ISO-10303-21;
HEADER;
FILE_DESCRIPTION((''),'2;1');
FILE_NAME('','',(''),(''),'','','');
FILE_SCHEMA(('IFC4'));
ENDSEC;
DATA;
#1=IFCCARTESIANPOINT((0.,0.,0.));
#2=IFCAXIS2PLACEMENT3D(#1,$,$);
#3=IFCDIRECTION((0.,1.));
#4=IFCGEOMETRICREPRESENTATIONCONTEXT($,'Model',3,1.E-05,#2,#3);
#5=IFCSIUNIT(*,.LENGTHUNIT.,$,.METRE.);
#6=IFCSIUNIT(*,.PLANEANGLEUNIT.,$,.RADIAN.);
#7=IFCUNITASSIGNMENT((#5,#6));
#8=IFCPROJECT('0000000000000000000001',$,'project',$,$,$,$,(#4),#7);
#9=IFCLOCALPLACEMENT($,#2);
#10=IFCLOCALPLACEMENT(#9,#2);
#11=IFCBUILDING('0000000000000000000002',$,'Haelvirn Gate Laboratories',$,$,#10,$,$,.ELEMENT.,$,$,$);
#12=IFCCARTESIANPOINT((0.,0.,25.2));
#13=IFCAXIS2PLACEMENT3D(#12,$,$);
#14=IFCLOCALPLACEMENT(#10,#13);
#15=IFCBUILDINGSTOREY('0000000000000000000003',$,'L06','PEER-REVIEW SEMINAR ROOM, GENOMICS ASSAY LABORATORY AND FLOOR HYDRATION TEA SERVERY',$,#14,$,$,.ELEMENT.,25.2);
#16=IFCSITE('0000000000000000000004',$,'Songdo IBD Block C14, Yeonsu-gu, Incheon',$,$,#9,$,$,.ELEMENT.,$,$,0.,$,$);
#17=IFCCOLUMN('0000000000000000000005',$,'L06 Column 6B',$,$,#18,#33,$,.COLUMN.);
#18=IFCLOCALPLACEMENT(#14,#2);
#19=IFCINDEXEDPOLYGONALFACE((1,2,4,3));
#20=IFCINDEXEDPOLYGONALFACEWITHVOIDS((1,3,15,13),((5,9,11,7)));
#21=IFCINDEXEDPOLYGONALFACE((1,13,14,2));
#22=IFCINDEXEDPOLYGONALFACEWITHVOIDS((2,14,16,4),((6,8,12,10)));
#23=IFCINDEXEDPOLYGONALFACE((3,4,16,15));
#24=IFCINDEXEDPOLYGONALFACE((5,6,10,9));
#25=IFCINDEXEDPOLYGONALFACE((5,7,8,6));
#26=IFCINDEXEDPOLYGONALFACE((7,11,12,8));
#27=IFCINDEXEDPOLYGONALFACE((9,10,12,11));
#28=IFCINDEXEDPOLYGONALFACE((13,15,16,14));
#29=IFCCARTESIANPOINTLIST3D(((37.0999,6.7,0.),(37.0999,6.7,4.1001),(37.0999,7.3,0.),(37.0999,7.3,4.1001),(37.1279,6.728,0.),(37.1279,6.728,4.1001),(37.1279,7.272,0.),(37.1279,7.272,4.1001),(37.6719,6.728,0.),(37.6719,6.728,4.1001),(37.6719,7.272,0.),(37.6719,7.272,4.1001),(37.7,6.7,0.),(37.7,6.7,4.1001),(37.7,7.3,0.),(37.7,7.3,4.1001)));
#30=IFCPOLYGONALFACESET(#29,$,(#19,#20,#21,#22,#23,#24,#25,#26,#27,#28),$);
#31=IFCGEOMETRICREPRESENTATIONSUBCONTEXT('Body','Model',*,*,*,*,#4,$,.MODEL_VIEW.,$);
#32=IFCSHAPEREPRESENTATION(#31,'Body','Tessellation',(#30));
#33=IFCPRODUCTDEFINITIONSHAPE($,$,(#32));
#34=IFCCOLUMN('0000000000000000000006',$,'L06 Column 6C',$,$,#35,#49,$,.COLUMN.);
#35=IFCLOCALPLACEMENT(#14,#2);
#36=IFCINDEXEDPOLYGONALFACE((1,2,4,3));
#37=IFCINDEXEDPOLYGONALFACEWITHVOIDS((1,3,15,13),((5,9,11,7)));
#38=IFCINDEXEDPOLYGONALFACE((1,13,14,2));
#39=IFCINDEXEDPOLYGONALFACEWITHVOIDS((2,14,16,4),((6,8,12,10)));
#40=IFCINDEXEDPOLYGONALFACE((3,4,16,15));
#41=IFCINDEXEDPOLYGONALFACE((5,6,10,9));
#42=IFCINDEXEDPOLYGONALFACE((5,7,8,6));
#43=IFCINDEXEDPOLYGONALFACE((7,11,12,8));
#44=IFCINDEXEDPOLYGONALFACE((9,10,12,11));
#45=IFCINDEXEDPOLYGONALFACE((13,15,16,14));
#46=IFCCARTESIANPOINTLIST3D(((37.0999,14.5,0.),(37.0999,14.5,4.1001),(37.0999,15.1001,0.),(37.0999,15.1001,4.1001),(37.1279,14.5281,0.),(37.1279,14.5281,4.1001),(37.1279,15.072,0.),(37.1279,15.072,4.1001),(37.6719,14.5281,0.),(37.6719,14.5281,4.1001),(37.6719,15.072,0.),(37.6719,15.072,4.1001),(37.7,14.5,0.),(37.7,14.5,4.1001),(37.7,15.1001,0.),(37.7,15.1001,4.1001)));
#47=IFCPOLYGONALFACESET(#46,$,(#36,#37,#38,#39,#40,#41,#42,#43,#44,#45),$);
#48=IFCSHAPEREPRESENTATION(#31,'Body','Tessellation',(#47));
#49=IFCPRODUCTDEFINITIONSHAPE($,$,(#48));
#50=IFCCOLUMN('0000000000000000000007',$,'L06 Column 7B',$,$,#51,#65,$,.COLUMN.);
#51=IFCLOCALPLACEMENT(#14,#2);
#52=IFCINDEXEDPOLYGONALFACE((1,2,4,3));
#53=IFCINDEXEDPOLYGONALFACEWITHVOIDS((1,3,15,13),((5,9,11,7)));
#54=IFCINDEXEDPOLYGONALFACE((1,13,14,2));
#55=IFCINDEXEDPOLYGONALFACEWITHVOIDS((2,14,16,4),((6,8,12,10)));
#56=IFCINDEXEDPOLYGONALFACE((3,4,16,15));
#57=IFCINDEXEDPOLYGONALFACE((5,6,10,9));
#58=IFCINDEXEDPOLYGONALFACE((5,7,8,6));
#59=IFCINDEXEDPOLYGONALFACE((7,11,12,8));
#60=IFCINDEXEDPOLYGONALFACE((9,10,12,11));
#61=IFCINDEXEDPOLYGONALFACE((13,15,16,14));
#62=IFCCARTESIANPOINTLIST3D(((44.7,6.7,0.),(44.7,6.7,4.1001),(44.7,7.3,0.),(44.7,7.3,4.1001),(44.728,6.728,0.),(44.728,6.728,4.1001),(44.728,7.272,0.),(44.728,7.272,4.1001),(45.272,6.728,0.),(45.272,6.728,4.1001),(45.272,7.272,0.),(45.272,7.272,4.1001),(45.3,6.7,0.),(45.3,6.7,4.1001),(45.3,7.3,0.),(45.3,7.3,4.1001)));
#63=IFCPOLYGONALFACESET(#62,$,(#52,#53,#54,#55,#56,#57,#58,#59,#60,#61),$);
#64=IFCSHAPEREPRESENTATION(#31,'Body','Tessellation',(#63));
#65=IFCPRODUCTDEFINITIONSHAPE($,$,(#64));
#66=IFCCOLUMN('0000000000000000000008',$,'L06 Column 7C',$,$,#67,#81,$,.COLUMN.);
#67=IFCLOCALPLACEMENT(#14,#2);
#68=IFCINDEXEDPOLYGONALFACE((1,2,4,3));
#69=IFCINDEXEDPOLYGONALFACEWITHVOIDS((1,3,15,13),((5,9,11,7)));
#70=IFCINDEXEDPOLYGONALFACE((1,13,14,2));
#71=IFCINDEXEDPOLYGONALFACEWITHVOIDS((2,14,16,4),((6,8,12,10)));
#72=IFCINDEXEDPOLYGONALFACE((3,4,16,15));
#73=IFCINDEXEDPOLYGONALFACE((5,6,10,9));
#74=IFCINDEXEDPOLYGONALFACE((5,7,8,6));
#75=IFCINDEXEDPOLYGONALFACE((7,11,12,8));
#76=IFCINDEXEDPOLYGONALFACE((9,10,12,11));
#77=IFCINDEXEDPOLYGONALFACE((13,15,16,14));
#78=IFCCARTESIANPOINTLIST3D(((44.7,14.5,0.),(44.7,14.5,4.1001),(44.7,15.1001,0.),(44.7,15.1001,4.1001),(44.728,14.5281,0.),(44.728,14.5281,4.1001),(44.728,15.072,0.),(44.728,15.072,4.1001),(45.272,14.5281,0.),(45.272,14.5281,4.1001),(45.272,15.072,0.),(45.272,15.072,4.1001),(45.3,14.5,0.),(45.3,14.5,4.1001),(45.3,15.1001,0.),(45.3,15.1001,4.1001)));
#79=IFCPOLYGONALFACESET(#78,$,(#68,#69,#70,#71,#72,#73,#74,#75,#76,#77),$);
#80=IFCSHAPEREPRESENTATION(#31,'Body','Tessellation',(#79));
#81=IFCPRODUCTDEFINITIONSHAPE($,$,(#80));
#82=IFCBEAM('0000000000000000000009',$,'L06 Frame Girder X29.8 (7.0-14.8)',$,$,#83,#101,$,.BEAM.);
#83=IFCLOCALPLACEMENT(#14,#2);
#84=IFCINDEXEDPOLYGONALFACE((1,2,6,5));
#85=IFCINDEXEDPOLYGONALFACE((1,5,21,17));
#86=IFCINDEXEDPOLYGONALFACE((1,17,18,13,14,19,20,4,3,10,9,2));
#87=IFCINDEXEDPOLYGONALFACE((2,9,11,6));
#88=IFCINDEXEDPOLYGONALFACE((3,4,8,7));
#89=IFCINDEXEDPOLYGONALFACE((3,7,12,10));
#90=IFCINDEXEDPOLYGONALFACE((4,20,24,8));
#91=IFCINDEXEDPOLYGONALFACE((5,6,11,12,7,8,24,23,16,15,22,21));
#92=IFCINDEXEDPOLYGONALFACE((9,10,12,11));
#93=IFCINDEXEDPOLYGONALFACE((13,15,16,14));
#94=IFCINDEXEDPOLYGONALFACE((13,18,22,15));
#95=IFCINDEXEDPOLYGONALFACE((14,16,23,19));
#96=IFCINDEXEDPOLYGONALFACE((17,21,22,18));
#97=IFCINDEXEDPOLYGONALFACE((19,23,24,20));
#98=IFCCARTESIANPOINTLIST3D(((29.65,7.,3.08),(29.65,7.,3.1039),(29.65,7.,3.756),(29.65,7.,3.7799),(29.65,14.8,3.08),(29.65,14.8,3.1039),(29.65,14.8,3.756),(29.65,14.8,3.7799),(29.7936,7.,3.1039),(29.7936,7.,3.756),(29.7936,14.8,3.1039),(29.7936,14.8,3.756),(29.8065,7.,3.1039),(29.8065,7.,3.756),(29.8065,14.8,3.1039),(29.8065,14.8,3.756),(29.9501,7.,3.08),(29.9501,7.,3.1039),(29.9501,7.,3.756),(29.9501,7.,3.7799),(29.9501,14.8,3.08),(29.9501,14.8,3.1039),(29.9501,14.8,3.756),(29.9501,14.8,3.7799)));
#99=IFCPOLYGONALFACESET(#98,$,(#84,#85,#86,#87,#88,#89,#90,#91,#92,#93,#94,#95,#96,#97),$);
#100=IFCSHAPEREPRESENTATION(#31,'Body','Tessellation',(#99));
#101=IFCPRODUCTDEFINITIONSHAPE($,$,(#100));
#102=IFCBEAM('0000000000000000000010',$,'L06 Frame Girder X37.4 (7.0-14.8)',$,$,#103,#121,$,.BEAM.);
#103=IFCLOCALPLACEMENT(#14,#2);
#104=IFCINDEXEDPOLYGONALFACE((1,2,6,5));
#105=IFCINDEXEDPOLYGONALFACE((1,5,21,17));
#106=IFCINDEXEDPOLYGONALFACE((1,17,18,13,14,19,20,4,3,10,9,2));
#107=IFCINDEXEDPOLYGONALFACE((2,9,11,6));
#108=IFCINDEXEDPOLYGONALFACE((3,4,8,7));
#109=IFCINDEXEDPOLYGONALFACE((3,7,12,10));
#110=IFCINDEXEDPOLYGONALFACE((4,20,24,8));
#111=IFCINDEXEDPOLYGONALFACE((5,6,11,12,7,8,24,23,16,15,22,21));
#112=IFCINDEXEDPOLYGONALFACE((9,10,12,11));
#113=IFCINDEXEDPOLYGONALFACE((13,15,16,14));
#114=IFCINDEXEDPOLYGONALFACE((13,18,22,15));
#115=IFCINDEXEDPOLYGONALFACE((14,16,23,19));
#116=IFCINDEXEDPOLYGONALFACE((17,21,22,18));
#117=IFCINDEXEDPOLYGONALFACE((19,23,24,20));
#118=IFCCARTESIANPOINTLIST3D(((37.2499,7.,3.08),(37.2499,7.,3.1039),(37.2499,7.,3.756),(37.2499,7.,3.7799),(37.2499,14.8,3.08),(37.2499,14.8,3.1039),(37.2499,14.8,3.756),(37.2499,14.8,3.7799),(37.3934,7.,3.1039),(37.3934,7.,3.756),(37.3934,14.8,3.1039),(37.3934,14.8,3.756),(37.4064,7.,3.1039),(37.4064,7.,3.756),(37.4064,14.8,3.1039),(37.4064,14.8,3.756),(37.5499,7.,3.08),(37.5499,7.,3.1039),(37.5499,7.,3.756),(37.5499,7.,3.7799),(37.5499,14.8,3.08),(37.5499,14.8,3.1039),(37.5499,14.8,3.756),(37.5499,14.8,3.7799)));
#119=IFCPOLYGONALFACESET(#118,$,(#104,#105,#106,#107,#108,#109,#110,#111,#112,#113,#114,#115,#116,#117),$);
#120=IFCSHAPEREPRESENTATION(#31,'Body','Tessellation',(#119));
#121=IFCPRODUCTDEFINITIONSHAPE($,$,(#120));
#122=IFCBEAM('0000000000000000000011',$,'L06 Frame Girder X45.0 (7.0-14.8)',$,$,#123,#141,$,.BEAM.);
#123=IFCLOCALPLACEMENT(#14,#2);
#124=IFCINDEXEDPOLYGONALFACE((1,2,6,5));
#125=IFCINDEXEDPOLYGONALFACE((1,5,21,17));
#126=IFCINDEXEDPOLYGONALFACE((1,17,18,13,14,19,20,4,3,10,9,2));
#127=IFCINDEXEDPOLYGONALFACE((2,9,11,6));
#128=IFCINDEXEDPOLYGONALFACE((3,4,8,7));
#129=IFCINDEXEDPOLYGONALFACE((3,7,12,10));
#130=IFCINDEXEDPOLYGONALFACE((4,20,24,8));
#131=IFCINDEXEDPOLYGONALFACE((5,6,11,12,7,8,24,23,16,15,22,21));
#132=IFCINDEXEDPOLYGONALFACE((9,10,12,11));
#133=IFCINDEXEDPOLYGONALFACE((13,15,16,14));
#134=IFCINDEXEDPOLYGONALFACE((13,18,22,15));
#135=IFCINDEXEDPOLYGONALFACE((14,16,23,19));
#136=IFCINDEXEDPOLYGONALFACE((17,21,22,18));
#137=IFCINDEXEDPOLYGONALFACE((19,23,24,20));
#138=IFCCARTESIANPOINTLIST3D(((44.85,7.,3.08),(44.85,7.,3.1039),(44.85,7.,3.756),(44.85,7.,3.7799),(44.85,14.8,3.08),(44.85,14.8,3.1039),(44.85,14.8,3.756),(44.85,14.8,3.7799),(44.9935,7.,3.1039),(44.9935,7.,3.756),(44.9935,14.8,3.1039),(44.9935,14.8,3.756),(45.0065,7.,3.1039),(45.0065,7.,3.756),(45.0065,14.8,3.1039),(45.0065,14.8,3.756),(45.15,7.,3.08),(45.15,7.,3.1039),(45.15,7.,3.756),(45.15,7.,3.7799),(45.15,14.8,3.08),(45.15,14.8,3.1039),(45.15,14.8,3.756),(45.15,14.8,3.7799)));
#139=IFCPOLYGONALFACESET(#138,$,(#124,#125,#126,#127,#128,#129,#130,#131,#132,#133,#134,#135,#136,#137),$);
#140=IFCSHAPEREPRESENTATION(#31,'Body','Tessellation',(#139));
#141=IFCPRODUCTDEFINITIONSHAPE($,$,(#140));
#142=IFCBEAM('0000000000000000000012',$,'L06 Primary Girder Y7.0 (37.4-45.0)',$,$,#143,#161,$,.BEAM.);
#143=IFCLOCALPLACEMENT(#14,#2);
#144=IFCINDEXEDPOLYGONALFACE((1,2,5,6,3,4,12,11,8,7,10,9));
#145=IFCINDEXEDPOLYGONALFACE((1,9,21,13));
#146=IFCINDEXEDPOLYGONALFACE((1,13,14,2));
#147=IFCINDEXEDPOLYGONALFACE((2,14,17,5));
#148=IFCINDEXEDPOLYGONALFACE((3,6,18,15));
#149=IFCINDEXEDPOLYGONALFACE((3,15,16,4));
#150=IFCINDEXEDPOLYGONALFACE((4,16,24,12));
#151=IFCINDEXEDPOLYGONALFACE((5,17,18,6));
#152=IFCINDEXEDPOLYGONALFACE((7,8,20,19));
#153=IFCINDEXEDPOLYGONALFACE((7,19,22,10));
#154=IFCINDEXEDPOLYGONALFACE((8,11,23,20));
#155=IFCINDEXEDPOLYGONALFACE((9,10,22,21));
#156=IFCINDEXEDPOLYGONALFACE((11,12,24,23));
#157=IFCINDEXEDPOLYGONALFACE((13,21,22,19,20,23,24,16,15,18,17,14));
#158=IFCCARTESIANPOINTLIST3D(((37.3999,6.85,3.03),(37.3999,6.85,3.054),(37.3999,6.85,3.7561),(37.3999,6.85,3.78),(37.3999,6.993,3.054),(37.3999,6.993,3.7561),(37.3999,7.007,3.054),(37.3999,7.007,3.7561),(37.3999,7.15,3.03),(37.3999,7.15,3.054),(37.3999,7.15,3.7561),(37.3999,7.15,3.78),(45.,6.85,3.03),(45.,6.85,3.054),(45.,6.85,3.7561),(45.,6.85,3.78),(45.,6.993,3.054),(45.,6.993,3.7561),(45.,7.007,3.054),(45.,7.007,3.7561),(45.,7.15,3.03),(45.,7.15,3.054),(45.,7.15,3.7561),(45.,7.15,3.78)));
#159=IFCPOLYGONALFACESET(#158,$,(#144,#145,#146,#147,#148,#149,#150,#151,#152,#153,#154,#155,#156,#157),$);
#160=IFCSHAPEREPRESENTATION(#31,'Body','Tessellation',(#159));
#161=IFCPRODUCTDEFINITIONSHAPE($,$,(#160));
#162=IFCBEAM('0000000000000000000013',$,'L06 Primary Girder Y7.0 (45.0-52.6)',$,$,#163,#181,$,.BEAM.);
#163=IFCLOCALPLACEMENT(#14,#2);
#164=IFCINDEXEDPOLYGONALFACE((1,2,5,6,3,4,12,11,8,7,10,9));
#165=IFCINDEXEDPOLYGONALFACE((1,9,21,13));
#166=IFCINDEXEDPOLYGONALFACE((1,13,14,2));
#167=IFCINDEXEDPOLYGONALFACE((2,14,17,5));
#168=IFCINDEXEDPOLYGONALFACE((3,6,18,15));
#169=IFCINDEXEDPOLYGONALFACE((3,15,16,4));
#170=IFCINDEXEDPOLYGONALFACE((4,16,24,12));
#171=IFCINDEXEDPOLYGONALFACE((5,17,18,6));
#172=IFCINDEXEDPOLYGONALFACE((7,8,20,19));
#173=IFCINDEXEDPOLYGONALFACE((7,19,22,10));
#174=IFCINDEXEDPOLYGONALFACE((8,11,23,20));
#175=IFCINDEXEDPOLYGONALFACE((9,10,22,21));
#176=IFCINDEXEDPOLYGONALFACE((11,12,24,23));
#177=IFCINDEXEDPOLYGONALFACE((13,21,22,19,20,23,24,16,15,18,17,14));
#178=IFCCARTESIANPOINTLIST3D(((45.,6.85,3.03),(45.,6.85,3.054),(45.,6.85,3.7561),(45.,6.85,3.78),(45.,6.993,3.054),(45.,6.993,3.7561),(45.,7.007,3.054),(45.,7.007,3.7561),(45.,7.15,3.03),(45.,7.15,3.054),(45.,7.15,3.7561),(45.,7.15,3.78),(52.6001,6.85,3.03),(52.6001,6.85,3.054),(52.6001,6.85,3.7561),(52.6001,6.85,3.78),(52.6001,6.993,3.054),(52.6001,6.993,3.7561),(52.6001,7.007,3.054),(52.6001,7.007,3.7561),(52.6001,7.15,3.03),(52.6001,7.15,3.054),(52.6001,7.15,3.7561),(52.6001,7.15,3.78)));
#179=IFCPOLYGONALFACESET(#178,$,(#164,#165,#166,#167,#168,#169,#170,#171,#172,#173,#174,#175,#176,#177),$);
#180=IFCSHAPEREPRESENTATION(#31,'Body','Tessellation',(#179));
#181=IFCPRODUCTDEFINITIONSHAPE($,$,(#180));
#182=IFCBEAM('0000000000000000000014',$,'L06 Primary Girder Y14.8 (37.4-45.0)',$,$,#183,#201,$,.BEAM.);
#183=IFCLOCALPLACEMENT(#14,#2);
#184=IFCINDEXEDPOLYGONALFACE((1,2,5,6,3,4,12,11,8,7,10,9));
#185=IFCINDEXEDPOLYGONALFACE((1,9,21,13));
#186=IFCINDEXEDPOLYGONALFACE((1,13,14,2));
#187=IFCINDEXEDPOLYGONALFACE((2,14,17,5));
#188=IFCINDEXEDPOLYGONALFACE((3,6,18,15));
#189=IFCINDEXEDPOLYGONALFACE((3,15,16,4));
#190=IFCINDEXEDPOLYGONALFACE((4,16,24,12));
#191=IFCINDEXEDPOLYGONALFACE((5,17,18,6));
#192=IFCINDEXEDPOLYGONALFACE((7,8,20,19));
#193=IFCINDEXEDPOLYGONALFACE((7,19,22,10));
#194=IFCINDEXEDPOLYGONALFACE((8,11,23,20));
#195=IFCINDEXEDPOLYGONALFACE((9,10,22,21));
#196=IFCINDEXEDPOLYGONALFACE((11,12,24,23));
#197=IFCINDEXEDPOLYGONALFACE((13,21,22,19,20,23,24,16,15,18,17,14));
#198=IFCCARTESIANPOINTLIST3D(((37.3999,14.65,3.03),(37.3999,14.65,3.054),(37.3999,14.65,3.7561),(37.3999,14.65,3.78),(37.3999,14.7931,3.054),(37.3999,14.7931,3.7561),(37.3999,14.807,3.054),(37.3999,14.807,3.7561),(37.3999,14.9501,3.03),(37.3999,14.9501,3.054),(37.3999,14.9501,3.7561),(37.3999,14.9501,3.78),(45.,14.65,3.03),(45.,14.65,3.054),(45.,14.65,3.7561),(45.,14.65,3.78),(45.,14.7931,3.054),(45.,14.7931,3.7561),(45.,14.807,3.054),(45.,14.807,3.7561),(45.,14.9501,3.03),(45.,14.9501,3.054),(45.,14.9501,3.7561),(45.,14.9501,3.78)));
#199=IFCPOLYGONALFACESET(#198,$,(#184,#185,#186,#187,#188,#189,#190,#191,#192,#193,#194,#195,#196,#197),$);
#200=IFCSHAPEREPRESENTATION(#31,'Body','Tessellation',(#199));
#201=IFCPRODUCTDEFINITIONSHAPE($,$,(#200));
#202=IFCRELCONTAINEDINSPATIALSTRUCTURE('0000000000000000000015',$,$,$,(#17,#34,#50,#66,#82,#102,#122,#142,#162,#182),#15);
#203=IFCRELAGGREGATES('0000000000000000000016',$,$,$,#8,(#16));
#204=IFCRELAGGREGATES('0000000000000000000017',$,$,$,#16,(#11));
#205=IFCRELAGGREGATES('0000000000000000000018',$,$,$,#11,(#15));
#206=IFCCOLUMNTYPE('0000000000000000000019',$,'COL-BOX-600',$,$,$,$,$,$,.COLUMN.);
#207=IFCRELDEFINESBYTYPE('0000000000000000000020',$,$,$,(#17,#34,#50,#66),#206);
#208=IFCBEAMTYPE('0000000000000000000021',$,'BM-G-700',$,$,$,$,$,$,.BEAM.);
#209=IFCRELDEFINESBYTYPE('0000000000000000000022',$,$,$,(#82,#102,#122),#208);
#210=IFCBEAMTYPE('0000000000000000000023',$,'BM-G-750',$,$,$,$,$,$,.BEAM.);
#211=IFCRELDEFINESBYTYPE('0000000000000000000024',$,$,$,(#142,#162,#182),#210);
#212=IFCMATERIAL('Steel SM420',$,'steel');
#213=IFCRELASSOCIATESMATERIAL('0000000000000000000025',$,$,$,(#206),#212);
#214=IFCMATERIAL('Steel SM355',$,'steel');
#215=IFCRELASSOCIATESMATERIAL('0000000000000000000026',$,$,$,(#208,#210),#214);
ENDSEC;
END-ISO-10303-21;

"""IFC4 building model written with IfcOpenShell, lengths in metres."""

from ifc_helpers import new_model, si_unit, direction, frame, origin, origin_2d, place, context, subcontext, project, spatial, hollow_rectangle, i_section, extrude, source, transform, mapped, material, material_profile, profile_set, type_object, type_shapes, element, save


model = new_model("IFC4")

# Units and contexts
model_context = context("Model", 3, precision=1e-05, world=origin(), true_north=direction((0.0, 1.0)))
body_context = subcontext(model_context, "Body", "Model", "MODEL_VIEW")
ifc_project = project(units=[si_unit("LENGTHUNIT", "METRE"), si_unit("PLANEANGLEUNIT", "RADIAN")], contexts=[model_context])

# Site, building, storey
site_placement = place(None, origin())
site = spatial("IfcSite", under=ifc_project, at=site_placement, Name="Songdo IBD Block C14, Yeonsu-gu, Incheon", CompositionType="ELEMENT", RefElevation=0.0)
building_placement = place(site_placement, origin())
building = spatial("IfcBuilding", under=site, at=building_placement, Name="Haelvirn Gate Laboratories", CompositionType="ELEMENT")
storey_placement = place(building_placement, frame((0.0, 0.0, 25.2)))
storey = spatial("IfcBuildingStorey", under=building, at=storey_placement, Name="L06", Description="PEER-REVIEW SEMINAR ROOM, GENOMICS ASSAY LABORATORY AND FLOOR HYDRATION TEA SERVERY", CompositionType="ELEMENT", Elevation=25.2)

# Columns
ifc_material_1 = material(Name="Steel SM420", Category="steel")
ifc_material_profile_1 = material_profile(ifc_material_1, hollow_rectangle(XDim=0.6001, YDim=0.6001, WallThickness=0.0281, at=origin_2d()), Name="BOX-600x600x28")
ifc_profile_set_1 = profile_set([ifc_material_profile_1], Name="Steel SM420")
column_type = type_object("IfcColumnType", Name="COL-BOX-600", PredefinedType="COLUMN", material=ifc_profile_set_1)
shared_shape_1 = source(origin(), body_context, "Body", "SweptSolid", [
    extrude(hollow_rectangle(XDim=0.6001, YDim=0.6001, WallThickness=0.0281, at=origin_2d()), origin(), (0.0, 0.0, 1.0), 4.1001),
])
type_shapes(column_type, [shared_shape_1])
for number, where, z_axis, x_axis, name in (
    (1, (37.3999, 7.0, 0.0), (0.0, 0.0, 1.0), (1.0, 0.0, 0.0), "L06 Column 6B"),
    (2, (37.3999, 14.8, 0.0), (0.0, 0.0, 1.0), (1.0, 0.0, 0.0), "L06 Column 6C"),
    (3, (45.0, 7.0, 0.0), (0.0, 0.0, 1.0), (1.0, 0.0, 0.0), "L06 Column 7B"),
    (4, (45.0, 14.8, 0.0), (0.0, 0.0, 1.0), (1.0, 0.0, 0.0), "L06 Column 7C"),
):
    element("IfcColumn", number, at=place(storey_placement, frame(where, z_axis=z_axis, x_axis=x_axis)), inside=storey, type_object=column_type, Name=name, PredefinedType="COLUMN", context=body_context, shape_type="MappedRepresentation", body=[
        mapped(shared_shape_1, transform((0.0, 0.0, 0.0), scale=1.0)),
    ])

# Beams
ifc_material_2 = material(Name="Steel SM355", Category="steel")
ifc_material_profile_2 = material_profile(ifc_material_2, i_section(OverallWidth=0.3, OverallDepth=0.7, WebThickness=0.0129, FlangeThickness=0.0239, at=origin_2d()), Name="H-700x300x13x24")
ifc_profile_set_2 = profile_set([ifc_material_profile_2], Name="Steel SM355")
beam_type_1 = type_object("IfcBeamType", Name="BM-G-700", PredefinedType="BEAM", material=ifc_profile_set_2)
shared_shape_2 = source(origin(), body_context, "Body", "SweptSolid", [
    extrude(i_section(OverallWidth=0.3, OverallDepth=0.7, WebThickness=0.0129, FlangeThickness=0.0239, at=origin_2d()), origin(), (0.0, 0.0, 1.0), 7.8),
])
type_shapes(beam_type_1, [shared_shape_2])
for number, where, z_axis, x_axis, name in (
    (5, (29.8, 7.0, 3.4299), (0.0, 1.0, 0.0), (-1.0, 0.0, 0.0), "L06 Frame Girder X29.8 (7.0-14.8)"),
    (6, (37.3999, 7.0, 3.4299), (0.0, 1.0, 0.0), (-1.0, 0.0, 0.0), "L06 Frame Girder X37.4 (7.0-14.8)"),
    (7, (45.0, 7.0, 3.4299), (0.0, 1.0, 0.0), (-1.0, 0.0, 0.0), "L06 Frame Girder X45.0 (7.0-14.8)"),
):
    element("IfcBeam", number, at=place(storey_placement, frame(where, z_axis=z_axis, x_axis=x_axis)), inside=storey, type_object=beam_type_1, Name=name, PredefinedType="BEAM", context=body_context, shape_type="MappedRepresentation", body=[
        mapped(shared_shape_2, transform((0.0, 0.0, 0.0), scale=1.0)),
    ])
ifc_material_profile_3 = material_profile(ifc_material_2, i_section(OverallWidth=0.3, OverallDepth=0.75, WebThickness=0.0139, FlangeThickness=0.0239, at=origin_2d()), Name="H-750x300x14x24")
ifc_profile_set_3 = profile_set([ifc_material_profile_3], Name="Steel SM355")
beam_type_2 = type_object("IfcBeamType", Name="BM-G-750", PredefinedType="BEAM", material=ifc_profile_set_3)
shared_shape_3 = source(origin(), body_context, "Body", "SweptSolid", [
    extrude(i_section(OverallWidth=0.3, OverallDepth=0.75, WebThickness=0.0139, FlangeThickness=0.0239, at=origin_2d()), origin(), (0.0, 0.0, 1.0), 7.6001),
])
type_shapes(beam_type_2, [shared_shape_3])
for number, where, z_axis, x_axis, name in (
    (8, (37.3999, 7.0, 3.405), (1.0, 0.0, 0.0), (0.0, 1.0, 0.0), "L06 Primary Girder Y7.0 (37.4-45.0)"),
    (9, (45.0, 7.0, 3.405), (1.0, 0.0, 0.0), (0.0, 1.0, 0.0), "L06 Primary Girder Y7.0 (45.0-52.6)"),
    (10, (37.3999, 14.8, 3.405), (1.0, 0.0, 0.0), (0.0, 1.0, 0.0), "L06 Primary Girder Y14.8 (37.4-45.0)"),
):
    element("IfcBeam", number, at=place(storey_placement, frame(where, z_axis=z_axis, x_axis=x_axis)), inside=storey, type_object=beam_type_2, Name=name, PredefinedType="BEAM", context=body_context, shape_type="MappedRepresentation", body=[
        mapped(shared_shape_3, transform((0.0, 0.0, 0.0), scale=1.0)),
    ])

save(model, "model.ifc")
